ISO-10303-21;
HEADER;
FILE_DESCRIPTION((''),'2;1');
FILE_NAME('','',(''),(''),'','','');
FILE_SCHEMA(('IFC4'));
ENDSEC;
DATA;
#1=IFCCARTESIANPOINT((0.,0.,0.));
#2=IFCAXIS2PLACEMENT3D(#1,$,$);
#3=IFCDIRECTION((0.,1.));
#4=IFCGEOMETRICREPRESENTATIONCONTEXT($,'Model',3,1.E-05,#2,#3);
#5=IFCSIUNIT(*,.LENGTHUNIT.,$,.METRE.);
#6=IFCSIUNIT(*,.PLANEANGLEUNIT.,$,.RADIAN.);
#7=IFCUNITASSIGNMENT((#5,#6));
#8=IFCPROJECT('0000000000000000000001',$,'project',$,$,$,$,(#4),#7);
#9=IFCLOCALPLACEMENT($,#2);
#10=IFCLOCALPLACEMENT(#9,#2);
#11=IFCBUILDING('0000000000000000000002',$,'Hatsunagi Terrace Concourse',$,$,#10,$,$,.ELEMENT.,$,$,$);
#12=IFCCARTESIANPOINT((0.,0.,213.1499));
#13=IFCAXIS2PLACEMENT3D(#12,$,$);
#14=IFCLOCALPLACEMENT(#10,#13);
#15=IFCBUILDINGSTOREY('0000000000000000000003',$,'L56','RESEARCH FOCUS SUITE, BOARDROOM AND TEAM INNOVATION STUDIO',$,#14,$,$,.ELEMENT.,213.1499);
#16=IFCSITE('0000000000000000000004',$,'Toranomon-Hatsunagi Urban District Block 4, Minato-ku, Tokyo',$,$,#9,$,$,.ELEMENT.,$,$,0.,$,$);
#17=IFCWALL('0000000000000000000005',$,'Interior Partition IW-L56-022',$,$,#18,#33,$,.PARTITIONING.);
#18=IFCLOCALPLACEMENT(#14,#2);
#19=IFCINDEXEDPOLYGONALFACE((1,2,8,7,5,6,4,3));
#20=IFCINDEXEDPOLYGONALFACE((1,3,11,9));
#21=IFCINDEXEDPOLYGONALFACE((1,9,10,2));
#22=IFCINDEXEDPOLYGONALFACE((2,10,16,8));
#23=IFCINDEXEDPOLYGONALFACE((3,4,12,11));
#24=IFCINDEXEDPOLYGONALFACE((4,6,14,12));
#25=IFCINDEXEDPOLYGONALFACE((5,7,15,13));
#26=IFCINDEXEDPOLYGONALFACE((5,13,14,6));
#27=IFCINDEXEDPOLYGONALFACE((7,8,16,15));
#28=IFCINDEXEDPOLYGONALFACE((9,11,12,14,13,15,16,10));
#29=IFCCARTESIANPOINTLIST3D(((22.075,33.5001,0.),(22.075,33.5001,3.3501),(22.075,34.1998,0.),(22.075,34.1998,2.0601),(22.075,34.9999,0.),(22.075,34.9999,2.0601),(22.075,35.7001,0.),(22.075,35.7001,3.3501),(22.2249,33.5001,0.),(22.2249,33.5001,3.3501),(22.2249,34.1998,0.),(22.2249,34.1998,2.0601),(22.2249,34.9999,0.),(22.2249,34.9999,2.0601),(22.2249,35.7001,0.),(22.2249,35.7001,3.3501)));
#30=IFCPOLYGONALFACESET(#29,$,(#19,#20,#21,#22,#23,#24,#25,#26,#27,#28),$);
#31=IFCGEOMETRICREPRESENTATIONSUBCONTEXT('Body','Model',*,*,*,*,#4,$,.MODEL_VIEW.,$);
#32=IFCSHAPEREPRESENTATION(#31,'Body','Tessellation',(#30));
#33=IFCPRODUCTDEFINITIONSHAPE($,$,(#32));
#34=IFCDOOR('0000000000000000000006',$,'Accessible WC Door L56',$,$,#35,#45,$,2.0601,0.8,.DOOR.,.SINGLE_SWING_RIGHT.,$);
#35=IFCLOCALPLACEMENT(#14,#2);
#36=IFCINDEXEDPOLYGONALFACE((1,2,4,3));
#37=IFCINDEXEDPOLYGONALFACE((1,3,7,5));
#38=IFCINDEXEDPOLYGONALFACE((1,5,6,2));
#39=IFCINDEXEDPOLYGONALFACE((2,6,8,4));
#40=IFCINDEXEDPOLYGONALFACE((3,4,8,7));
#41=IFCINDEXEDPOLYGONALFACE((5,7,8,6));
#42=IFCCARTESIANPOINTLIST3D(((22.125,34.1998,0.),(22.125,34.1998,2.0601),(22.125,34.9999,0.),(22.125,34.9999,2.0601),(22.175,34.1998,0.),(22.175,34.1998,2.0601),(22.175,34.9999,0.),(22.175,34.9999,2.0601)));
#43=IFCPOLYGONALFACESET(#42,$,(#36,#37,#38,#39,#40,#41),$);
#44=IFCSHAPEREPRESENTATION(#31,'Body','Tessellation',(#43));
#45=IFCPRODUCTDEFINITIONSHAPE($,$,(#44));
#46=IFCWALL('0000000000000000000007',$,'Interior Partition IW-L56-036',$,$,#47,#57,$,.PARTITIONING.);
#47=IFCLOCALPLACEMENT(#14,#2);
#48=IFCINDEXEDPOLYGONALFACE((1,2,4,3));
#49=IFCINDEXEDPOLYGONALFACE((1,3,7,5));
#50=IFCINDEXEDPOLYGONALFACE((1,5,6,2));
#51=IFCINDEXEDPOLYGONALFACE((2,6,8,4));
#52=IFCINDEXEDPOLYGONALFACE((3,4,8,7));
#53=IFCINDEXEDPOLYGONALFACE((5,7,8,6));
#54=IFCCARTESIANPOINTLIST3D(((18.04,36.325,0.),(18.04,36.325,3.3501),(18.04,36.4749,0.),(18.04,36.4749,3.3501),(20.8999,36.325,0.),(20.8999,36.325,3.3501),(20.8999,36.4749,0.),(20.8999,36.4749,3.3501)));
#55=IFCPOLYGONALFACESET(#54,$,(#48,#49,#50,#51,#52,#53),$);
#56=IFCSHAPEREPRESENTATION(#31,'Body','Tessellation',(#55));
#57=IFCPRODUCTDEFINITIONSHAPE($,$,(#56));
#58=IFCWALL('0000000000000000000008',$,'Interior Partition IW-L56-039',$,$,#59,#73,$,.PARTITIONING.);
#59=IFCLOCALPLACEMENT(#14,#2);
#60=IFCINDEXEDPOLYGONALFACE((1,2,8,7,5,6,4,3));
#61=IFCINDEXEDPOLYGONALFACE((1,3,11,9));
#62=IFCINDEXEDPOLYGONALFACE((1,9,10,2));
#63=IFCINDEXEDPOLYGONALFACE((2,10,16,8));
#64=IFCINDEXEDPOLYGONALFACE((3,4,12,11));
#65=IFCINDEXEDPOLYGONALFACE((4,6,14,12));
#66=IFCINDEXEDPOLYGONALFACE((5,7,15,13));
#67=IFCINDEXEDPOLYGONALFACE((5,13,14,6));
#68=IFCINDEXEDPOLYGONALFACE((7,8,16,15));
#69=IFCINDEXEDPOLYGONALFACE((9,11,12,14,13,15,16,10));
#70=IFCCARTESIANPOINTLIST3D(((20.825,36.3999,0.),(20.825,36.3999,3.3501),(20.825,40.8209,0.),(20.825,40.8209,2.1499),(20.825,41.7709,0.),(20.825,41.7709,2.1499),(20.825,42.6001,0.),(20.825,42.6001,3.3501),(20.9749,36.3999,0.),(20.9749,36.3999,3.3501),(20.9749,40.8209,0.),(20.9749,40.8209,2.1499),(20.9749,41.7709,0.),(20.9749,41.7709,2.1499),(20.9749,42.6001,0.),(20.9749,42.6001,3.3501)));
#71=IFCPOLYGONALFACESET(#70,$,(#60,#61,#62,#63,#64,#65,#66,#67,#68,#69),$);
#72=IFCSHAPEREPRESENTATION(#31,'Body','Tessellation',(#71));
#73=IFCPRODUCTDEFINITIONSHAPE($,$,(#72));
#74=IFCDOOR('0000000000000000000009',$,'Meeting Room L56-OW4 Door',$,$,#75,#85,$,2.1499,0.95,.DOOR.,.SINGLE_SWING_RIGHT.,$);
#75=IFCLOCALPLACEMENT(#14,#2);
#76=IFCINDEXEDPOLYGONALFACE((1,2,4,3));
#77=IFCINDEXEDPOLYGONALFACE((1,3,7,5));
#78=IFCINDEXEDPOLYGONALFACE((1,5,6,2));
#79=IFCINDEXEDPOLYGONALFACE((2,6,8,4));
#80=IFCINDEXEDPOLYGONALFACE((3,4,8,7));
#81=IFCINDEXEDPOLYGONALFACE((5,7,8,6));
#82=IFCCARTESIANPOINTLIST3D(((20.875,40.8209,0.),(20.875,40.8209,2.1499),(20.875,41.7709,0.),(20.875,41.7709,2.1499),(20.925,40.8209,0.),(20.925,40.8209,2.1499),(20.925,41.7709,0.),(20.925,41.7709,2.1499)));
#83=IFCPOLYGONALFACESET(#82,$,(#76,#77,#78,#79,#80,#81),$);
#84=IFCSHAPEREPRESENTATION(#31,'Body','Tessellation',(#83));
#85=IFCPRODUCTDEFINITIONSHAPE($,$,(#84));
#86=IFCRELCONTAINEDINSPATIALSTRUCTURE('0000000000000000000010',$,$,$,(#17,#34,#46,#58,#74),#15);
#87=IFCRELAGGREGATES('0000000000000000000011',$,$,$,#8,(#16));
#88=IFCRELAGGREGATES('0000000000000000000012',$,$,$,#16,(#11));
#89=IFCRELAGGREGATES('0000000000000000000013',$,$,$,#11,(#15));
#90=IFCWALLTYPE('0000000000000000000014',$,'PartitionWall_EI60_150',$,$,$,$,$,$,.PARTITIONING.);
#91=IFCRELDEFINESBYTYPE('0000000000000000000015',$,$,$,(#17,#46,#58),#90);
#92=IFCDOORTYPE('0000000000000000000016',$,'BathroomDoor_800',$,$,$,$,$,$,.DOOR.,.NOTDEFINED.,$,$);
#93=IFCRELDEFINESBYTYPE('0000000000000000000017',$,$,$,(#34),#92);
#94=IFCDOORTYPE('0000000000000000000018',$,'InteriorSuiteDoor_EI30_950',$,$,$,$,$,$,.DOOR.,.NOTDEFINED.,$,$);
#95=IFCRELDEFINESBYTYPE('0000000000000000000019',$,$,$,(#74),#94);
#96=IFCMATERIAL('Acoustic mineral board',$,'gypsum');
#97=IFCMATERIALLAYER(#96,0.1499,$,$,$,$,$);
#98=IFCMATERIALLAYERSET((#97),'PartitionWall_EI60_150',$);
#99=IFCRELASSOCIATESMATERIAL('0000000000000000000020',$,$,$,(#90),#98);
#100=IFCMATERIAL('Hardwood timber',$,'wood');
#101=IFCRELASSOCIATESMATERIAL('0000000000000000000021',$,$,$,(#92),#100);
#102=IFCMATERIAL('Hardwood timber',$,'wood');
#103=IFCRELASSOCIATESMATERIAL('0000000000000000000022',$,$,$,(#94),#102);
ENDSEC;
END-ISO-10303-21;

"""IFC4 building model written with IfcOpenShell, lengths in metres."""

from ifc_helpers import new_model, si_unit, direction, frame, frame_2d, origin, place, context, subcontext, project, spatial, rectangle, extrude, material, layer, layer_set, type_object, element, fill, save


model = new_model("IFC4")

# Units and contexts
model_context = context("Model", 3, precision=1e-05, world=origin(), true_north=direction((0.0, 1.0)))
body_context = subcontext(model_context, "Body", "Model", "MODEL_VIEW")
ifc_project = project(units=[si_unit("LENGTHUNIT", "METRE"), si_unit("PLANEANGLEUNIT", "RADIAN")], contexts=[model_context])

# Site, building, storey
site_placement = place(None, origin())
site = spatial("IfcSite", under=ifc_project, at=site_placement, Name="Toranomon-Hatsunagi Urban District Block 4, Minato-ku, Tokyo", CompositionType="ELEMENT", RefElevation=0.0)
building_placement = place(site_placement, origin())
building = spatial("IfcBuilding", under=site, at=building_placement, Name="Hatsunagi Terrace Concourse", CompositionType="ELEMENT")
storey_placement = place(building_placement, frame((0.0, 0.0, 213.1499)))
storey = spatial("IfcBuildingStorey", under=building, at=storey_placement, Name="L56", Description="RESEARCH FOCUS SUITE, BOARDROOM AND TEAM INNOVATION STUDIO", CompositionType="ELEMENT", Elevation=213.1499)

# Wall, opening, door
ifc_material_1 = material(Name="Acoustic mineral board", Category="gypsum")
ifc_layer_1 = layer(ifc_material_1, 0.1499)
ifc_layer_set_1 = layer_set([ifc_layer_1], Name="PartitionWall_EI60_150")
wall_type = type_object("IfcWallType", Name="PartitionWall_EI60_150", PredefinedType="PARTITIONING", material=ifc_layer_set_1)
wall_1_placement = place(storey_placement, frame((22.1499, 33.5, 0.0), z_axis=(0.0, 0.0, 1.0), x_axis=(0.0, 1.0, 0.0)))
wall_1 = element("IfcWall", 1, at=wall_1_placement, inside=storey, type_object=wall_type, Name="Interior Partition IW-L56-022", PredefinedType="PARTITIONING", context=body_context, shape_type="SweptSolid", body=[
    extrude(rectangle(XDim=2.2, YDim=0.1499, at=frame_2d((1.1001, 0.0))), origin(), (0.0, 0.0, 1.0), 3.3501),
])
opening_1_placement = place(wall_1_placement, frame((0.7, 0.0, 0.0)))
opening_1 = element("IfcOpeningElement", 2, at=opening_1_placement, cuts=wall_1, PredefinedType="OPENING", context=body_context, shape_type="SweptSolid", body=[
    extrude(rectangle(XDim=0.8, YDim=2.0601, at=frame_2d((0.3999, 1.03))), frame((0.0, 0.085, 0.0), z_axis=(0.0, -1.0, 0.0), x_axis=(1.0, 0.0, 0.0)), (0.0, 0.0, 1.0), 0.1699),
])
ifc_material_2 = material(Name="Hardwood timber", Category="wood")
door_type_1 = type_object("IfcDoorType", Name="BathroomDoor_800", OperationType="NOTDEFINED", PredefinedType="DOOR", material=ifc_material_2)
door_1_placement = place(opening_1_placement, origin())
door_1 = element("IfcDoor", 3, at=door_1_placement, inside=storey, type_object=door_type_1, Name="Accessible WC Door L56", OperationType="SINGLE_SWING_RIGHT", OverallHeight=2.0601, OverallWidth=0.8, PredefinedType="DOOR", context=body_context, shape_type="SweptSolid", body=[
    extrude(rectangle(XDim=0.8, YDim=2.0601, at=frame_2d((0.3999, 1.03))), frame((0.0, 0.0249, 0.0), z_axis=(0.0, -1.0, 0.0), x_axis=(1.0, 0.0, 0.0)), (0.0, 0.0, 1.0), 0.05),
])
fill(opening_1, door_1)

# Wall
wall_2_placement = place(storey_placement, frame((18.04, 36.3999, 0.0), z_axis=(0.0, 0.0, 1.0), x_axis=(1.0, 0.0, 0.0)))
element("IfcWall", 4, at=wall_2_placement, inside=storey, type_object=wall_type, Name="Interior Partition IW-L56-036", PredefinedType="PARTITIONING", context=body_context, shape_type="SweptSolid", body=[
    extrude(rectangle(XDim=2.8599, YDim=0.1499, at=frame_2d((1.4299, 0.0))), origin(), (0.0, 0.0, 1.0), 3.3501),
])

# Wall, opening, door
wall_3_placement = place(storey_placement, frame((20.8999, 36.3999, 0.0), z_axis=(0.0, 0.0, 1.0), x_axis=(0.0, 1.0, 0.0)))
wall_3 = element("IfcWall", 5, at=wall_3_placement, inside=storey, type_object=wall_type, Name="Interior Partition IW-L56-039", PredefinedType="PARTITIONING", context=body_context, shape_type="SweptSolid", body=[
    extrude(rectangle(XDim=6.2002, YDim=0.1499, at=frame_2d((3.1001, 0.0))), origin(), (0.0, 0.0, 1.0), 3.3501),
])
opening_2_placement = place(wall_3_placement, frame((4.4209, 0.0, 0.0)))
opening_2 = element("IfcOpeningElement", 6, at=opening_2_placement, cuts=wall_3, PredefinedType="OPENING", context=body_context, shape_type="SweptSolid", body=[
    extrude(rectangle(XDim=0.95, YDim=2.1499, at=frame_2d((0.4751, 1.075))), frame((0.0, 0.085, 0.0), z_axis=(0.0, -1.0, 0.0), x_axis=(1.0, 0.0, 0.0)), (0.0, 0.0, 1.0), 0.1699),
])
ifc_material_3 = material(Name="Hardwood timber", Category="wood")
door_type_2 = type_object("IfcDoorType", Name="InteriorSuiteDoor_EI30_950", OperationType="NOTDEFINED", PredefinedType="DOOR", material=ifc_material_3)
door_2_placement = place(opening_2_placement, origin())
door_2 = element("IfcDoor", 7, at=door_2_placement, inside=storey, type_object=door_type_2, Name="Meeting Room L56-OW4 Door", OperationType="SINGLE_SWING_RIGHT", OverallHeight=2.1499, OverallWidth=0.95, PredefinedType="DOOR", context=body_context, shape_type="SweptSolid", body=[
    extrude(rectangle(XDim=0.95, YDim=2.1499, at=frame_2d((0.4751, 1.075))), frame((0.0, 0.0249, 0.0), z_axis=(0.0, -1.0, 0.0), x_axis=(1.0, 0.0, 0.0)), (0.0, 0.0, 1.0), 0.05),
])
fill(opening_2, door_2)

save(model, "model.ifc")
